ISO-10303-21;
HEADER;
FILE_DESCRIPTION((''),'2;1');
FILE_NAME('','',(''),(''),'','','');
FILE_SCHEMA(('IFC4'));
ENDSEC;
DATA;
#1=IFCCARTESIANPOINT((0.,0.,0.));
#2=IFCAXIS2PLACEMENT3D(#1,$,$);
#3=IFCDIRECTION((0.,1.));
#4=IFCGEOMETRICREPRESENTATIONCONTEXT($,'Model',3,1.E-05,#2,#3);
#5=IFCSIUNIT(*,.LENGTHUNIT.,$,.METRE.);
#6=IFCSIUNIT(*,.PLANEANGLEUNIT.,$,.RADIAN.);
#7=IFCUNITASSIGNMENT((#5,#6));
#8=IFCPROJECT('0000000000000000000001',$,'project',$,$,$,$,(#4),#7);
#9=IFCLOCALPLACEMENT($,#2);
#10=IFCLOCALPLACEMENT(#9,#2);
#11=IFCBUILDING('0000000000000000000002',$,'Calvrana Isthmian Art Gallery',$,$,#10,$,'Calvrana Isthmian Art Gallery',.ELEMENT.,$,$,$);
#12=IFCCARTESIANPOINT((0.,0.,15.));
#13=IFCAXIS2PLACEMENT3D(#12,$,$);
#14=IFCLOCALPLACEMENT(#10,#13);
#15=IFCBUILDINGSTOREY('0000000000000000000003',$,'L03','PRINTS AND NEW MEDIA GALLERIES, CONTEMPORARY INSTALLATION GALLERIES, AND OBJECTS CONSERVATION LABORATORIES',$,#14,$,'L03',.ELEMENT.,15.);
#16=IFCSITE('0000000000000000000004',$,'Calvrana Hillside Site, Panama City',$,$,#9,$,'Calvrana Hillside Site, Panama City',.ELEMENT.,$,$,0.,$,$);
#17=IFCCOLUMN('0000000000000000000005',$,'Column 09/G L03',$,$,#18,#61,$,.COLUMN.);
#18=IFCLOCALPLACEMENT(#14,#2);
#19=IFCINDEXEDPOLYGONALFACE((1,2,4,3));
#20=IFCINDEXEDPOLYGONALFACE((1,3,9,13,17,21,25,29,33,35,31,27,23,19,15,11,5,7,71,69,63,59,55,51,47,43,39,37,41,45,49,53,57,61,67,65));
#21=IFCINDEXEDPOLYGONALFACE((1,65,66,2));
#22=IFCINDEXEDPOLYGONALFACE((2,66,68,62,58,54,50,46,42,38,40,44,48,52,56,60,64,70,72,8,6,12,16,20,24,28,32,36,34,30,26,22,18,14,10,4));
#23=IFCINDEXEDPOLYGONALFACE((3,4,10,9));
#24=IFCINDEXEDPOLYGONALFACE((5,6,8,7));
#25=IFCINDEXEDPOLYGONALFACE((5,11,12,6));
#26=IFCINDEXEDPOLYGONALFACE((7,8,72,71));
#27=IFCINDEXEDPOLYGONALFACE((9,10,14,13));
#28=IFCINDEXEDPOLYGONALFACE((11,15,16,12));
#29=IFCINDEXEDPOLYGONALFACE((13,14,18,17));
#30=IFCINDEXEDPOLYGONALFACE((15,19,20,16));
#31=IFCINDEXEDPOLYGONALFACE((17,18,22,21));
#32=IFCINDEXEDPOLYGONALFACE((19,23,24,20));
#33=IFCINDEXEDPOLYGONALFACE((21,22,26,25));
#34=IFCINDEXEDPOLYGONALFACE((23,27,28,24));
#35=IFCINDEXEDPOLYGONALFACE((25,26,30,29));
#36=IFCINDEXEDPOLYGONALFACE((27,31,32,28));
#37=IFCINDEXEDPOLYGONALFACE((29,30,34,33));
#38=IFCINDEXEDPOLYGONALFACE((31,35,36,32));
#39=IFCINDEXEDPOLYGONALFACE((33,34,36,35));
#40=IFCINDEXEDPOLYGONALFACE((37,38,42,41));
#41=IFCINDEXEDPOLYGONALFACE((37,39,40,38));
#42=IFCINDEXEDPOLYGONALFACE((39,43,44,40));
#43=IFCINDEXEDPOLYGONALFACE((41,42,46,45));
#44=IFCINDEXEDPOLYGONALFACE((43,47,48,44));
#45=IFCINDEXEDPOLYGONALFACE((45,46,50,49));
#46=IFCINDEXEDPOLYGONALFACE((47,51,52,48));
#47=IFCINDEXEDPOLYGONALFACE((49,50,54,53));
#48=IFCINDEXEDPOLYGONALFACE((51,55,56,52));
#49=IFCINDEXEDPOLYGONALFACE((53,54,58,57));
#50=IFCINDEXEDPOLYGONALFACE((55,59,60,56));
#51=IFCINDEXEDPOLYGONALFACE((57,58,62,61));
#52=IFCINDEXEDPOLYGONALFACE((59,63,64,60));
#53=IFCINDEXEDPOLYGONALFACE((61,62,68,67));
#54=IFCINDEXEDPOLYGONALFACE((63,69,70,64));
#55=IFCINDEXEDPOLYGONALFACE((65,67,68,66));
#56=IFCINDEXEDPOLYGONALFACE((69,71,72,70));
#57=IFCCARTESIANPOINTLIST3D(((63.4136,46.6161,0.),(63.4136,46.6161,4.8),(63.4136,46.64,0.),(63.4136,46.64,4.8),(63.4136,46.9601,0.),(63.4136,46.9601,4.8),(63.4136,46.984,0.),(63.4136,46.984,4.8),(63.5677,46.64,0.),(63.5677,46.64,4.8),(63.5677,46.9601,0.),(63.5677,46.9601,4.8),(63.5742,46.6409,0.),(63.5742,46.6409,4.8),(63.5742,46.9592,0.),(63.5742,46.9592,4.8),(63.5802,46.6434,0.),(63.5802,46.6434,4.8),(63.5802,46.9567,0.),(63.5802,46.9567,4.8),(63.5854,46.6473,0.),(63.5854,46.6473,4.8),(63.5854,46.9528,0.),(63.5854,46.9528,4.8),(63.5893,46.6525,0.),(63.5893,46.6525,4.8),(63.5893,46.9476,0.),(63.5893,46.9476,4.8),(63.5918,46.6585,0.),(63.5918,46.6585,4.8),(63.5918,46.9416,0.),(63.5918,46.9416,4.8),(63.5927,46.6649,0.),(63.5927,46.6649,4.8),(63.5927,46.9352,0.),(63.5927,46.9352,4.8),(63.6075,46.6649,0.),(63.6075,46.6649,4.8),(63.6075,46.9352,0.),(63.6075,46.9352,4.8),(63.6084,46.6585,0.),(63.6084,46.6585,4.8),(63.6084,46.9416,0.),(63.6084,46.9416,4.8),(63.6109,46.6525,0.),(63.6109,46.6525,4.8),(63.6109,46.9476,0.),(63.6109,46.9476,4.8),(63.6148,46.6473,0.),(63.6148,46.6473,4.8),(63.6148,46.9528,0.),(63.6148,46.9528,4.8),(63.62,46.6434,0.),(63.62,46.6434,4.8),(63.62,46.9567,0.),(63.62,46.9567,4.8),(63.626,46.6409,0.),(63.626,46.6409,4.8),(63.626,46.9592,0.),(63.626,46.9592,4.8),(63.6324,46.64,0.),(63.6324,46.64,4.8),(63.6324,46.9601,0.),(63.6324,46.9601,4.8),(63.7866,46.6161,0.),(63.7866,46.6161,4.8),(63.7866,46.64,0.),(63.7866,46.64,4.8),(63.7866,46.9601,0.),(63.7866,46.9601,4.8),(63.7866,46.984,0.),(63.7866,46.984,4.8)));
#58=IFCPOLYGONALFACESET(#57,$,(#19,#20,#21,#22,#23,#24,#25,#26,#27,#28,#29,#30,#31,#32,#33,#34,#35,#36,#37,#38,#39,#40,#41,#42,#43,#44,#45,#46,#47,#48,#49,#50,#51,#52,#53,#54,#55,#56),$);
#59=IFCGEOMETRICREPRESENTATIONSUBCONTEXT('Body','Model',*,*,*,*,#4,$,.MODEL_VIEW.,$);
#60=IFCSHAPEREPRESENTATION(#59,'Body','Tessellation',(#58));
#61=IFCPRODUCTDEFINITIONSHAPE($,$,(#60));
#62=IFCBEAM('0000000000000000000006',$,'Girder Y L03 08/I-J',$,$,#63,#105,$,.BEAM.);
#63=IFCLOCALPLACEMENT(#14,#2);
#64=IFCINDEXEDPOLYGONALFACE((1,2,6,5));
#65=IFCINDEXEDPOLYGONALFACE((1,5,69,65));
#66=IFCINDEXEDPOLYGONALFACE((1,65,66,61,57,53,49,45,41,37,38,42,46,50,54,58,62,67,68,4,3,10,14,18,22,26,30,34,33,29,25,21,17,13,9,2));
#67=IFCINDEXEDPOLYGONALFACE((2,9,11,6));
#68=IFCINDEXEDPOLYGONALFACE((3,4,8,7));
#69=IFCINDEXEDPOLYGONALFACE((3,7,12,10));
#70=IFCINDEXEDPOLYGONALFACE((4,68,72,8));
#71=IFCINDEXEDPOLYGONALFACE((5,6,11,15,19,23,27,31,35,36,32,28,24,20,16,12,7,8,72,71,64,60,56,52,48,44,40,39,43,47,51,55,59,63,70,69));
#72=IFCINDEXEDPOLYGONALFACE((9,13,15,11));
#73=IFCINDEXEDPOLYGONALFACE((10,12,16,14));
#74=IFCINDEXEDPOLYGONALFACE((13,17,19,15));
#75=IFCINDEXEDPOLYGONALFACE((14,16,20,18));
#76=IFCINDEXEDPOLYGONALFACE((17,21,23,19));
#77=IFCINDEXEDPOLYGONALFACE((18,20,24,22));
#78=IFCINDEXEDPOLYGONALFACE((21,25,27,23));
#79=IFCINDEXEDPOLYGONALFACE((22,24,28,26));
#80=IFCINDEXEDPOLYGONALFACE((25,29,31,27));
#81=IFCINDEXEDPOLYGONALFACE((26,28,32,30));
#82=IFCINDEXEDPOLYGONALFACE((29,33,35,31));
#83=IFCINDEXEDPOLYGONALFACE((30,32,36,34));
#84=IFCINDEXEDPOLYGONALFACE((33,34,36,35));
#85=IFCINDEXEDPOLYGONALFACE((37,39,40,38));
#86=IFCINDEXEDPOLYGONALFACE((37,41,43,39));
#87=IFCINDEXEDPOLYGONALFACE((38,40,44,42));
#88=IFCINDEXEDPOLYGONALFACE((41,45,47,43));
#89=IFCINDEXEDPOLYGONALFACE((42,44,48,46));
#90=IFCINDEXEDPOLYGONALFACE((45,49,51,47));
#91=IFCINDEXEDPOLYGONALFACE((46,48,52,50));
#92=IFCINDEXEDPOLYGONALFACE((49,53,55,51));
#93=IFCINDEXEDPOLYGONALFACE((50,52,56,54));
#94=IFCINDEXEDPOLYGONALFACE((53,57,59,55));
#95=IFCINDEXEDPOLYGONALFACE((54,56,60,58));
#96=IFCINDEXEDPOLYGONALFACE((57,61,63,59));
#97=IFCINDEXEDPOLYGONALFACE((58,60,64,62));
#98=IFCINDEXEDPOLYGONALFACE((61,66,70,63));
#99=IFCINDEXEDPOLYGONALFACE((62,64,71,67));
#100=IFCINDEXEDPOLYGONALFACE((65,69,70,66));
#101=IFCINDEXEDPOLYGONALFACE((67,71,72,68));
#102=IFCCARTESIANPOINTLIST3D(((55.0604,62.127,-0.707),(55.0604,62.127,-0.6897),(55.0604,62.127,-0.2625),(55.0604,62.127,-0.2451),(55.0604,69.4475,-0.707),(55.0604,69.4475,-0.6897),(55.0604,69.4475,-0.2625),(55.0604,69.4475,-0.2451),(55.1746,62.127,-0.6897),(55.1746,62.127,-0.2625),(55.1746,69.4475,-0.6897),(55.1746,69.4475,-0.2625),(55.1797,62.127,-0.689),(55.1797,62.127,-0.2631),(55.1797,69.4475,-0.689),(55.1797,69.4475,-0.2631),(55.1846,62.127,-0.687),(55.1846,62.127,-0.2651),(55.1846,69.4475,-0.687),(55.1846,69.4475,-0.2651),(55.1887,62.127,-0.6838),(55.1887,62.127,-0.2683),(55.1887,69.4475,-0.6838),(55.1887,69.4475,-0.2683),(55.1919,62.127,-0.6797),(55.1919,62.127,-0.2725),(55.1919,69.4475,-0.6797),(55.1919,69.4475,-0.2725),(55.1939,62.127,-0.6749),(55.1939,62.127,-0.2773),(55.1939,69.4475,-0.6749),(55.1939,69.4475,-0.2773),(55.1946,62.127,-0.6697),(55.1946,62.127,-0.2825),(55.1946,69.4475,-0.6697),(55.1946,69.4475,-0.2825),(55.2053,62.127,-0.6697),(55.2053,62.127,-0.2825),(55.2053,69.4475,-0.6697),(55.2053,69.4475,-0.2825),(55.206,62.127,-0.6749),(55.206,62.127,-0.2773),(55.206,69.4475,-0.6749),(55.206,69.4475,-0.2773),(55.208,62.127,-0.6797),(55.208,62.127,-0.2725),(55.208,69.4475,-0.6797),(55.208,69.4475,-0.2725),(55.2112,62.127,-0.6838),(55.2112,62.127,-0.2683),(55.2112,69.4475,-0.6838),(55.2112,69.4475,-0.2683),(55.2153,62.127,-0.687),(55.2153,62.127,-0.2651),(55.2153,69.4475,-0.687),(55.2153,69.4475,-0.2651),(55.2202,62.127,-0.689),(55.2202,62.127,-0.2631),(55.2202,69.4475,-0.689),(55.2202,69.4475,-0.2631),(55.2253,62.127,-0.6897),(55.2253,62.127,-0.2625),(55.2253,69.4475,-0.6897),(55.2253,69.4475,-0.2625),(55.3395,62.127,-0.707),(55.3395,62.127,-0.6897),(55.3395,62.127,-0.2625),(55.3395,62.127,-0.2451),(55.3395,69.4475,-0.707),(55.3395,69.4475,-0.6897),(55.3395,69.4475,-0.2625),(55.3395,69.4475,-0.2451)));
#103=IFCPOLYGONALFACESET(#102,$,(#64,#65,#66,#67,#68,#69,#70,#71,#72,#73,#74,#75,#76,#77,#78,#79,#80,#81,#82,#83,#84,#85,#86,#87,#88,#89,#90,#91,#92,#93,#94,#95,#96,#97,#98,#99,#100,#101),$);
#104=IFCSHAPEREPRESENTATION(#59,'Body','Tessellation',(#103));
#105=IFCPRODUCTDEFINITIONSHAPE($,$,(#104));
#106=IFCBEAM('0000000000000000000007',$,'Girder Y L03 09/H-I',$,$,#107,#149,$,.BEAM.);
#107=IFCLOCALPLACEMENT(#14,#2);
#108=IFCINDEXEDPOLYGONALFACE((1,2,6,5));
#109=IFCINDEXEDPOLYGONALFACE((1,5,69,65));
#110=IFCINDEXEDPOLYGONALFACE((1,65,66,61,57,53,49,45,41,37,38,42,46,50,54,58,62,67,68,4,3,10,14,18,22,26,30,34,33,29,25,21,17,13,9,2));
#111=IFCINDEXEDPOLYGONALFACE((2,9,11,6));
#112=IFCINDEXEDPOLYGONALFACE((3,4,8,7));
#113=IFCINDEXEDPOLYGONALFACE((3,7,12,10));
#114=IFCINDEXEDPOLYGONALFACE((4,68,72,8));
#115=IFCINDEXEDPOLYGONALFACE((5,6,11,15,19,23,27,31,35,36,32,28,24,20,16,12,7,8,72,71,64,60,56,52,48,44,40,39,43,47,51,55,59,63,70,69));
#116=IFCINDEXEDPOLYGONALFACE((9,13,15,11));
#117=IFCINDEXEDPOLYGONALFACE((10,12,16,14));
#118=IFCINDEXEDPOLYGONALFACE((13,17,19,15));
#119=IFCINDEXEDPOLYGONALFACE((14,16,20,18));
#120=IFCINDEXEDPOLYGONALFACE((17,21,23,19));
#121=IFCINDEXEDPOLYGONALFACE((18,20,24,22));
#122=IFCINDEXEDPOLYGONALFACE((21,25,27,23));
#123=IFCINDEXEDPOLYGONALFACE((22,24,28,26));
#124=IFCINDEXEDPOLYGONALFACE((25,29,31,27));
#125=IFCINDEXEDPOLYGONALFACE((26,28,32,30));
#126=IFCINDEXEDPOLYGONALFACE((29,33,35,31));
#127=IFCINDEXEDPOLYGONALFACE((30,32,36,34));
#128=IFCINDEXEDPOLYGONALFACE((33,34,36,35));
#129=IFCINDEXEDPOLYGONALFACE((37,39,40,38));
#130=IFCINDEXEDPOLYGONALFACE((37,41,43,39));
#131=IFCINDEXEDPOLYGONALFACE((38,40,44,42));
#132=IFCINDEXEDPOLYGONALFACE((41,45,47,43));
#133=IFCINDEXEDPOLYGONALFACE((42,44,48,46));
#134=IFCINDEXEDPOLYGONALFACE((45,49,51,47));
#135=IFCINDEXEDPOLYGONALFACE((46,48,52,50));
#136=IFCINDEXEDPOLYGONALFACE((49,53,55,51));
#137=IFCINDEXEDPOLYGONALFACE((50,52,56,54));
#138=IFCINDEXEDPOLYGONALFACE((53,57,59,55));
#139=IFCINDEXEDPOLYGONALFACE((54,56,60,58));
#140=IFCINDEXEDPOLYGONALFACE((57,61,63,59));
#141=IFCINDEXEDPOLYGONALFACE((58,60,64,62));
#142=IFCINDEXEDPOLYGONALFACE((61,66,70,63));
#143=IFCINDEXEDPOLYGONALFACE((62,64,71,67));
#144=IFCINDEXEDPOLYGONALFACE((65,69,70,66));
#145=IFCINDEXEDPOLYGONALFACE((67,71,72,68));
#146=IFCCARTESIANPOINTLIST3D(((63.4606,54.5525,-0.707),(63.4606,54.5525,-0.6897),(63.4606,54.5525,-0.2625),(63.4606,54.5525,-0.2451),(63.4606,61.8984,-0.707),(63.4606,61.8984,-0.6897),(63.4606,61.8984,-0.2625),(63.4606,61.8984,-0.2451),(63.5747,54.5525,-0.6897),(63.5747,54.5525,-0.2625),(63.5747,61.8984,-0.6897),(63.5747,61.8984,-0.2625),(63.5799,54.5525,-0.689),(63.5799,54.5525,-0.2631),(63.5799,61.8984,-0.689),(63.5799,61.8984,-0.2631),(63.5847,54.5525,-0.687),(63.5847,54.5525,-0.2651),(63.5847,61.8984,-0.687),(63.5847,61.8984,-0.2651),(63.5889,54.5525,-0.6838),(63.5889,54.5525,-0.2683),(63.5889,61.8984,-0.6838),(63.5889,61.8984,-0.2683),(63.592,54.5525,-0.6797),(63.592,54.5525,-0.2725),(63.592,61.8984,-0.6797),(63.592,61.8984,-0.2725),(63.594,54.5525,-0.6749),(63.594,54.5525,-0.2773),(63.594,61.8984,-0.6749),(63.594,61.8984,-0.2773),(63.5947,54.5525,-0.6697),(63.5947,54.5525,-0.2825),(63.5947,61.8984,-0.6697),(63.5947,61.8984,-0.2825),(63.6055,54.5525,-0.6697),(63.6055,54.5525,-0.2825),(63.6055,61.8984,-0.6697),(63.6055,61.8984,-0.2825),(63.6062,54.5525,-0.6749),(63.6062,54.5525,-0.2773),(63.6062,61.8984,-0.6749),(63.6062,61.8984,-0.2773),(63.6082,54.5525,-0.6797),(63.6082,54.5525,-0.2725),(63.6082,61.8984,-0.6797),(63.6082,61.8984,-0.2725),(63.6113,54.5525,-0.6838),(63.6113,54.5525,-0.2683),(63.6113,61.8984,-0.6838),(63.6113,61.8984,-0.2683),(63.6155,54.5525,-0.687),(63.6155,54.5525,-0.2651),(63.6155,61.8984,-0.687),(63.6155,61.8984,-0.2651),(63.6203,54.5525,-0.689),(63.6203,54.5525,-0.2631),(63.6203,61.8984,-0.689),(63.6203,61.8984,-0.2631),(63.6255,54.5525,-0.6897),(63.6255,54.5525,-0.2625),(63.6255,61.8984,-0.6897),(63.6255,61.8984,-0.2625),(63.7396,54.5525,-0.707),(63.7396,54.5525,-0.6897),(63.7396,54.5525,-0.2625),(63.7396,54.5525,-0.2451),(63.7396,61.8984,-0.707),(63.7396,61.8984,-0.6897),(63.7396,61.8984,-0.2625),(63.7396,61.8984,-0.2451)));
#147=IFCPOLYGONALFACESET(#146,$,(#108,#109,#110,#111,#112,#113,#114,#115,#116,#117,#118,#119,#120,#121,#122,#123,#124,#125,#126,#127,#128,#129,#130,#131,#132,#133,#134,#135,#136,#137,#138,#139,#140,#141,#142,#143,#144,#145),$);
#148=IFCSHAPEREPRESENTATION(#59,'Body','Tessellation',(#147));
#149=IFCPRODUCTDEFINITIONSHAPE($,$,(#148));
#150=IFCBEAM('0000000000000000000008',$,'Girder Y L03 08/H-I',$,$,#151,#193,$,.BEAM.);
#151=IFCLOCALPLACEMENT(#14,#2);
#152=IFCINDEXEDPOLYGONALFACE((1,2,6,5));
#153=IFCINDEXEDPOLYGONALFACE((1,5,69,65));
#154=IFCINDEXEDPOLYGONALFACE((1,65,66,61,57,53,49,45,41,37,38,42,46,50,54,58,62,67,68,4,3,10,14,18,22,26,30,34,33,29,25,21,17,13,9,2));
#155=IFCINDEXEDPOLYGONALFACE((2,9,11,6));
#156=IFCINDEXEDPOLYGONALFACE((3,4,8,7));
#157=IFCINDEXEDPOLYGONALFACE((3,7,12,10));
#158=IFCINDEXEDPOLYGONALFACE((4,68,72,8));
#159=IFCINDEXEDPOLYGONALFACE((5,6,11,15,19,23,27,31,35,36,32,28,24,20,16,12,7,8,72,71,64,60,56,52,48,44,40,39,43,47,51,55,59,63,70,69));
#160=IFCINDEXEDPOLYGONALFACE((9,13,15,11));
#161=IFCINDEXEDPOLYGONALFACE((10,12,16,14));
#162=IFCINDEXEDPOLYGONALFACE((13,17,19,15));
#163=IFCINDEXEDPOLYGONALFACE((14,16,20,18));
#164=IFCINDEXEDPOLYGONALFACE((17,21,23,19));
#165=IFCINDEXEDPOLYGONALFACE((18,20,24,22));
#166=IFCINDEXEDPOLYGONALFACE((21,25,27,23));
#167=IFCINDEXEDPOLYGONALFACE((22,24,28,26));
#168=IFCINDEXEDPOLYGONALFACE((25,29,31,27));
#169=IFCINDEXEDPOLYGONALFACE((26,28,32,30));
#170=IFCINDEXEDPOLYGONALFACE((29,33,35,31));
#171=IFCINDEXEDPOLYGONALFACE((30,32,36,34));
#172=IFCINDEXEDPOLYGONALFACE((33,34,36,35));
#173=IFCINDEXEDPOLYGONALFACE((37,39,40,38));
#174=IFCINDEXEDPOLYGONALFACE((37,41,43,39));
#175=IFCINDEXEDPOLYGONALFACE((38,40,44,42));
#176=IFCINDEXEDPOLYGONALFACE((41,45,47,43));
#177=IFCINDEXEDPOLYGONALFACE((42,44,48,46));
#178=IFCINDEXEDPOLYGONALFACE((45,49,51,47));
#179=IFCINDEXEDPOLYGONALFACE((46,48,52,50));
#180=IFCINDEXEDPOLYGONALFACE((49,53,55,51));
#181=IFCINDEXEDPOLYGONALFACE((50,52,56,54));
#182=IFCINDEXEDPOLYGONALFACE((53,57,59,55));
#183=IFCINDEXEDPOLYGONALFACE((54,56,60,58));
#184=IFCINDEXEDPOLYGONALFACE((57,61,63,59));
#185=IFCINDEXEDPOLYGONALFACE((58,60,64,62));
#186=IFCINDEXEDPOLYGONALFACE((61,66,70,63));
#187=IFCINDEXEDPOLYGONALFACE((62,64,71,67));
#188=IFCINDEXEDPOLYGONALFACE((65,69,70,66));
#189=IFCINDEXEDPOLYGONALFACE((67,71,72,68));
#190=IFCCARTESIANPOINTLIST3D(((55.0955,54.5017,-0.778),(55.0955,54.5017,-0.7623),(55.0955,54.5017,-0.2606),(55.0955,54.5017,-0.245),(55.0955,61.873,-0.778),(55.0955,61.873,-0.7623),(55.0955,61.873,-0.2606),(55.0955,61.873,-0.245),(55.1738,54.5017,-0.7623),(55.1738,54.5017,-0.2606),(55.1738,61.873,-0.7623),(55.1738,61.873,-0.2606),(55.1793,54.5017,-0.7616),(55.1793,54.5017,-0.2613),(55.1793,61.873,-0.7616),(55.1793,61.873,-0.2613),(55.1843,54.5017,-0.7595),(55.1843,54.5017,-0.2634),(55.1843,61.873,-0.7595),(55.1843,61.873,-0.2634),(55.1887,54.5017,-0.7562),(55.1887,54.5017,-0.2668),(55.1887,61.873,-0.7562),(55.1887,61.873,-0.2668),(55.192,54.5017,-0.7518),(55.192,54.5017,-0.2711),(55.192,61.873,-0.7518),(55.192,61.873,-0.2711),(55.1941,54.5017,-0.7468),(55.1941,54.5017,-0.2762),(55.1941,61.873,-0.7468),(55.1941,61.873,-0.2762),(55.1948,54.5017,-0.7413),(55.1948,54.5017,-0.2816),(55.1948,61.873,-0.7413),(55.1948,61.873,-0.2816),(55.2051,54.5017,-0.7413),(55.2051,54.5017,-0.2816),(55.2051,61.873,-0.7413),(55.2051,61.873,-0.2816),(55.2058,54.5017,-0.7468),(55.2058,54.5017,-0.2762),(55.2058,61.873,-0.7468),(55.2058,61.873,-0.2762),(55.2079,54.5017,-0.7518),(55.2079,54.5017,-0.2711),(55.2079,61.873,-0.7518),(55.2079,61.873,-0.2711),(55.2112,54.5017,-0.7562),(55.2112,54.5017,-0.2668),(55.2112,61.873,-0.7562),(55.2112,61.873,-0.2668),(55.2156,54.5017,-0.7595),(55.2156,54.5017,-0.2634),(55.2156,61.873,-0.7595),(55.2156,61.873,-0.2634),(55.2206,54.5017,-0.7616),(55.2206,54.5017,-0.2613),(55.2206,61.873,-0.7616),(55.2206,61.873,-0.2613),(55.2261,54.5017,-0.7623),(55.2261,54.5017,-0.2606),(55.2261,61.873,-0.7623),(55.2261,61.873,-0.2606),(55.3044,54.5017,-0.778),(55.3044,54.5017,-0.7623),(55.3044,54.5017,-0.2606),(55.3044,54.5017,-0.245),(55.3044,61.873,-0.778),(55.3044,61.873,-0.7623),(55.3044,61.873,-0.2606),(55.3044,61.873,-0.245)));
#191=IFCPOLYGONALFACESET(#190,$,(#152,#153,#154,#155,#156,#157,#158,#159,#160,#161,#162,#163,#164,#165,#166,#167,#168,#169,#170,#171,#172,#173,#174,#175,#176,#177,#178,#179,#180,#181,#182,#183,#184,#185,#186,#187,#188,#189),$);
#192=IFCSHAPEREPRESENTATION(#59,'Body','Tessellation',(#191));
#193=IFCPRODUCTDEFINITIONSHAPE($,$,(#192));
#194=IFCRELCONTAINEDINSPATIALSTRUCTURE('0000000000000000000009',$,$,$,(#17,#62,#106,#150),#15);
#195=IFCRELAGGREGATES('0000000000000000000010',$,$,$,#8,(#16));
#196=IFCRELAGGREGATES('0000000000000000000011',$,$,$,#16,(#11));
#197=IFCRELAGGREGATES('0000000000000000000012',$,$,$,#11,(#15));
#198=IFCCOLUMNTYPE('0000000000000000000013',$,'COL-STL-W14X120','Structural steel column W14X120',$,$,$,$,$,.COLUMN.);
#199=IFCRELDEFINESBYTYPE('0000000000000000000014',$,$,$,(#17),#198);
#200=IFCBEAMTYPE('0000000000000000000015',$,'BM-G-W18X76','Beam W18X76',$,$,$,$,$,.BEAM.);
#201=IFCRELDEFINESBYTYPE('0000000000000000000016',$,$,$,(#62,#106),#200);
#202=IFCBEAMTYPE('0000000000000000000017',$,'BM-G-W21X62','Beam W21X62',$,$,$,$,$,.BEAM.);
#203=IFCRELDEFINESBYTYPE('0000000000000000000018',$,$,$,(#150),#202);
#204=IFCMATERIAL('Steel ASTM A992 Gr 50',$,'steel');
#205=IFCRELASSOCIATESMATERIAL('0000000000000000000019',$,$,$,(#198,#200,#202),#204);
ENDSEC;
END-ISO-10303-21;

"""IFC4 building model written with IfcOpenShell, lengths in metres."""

from ifc_helpers import new_model, si_unit, direction, frame, origin, origin_2d, place, context, subcontext, project, spatial, i_section, extrude, material, material_profile, profile_set, type_object, element, save


model = new_model("IFC4")

# Units and contexts
model_context = context("Model", 3, precision=1e-05, world=origin(), true_north=direction((0.0, 1.0)))
body_context = subcontext(model_context, "Body", "Model", "MODEL_VIEW")
ifc_project = project(units=[si_unit("LENGTHUNIT", "METRE"), si_unit("PLANEANGLEUNIT", "RADIAN")], contexts=[model_context])

# Site, building, storey
site_placement = place(None, origin())
site = spatial("IfcSite", under=ifc_project, at=site_placement, Name="Calvrana Hillside Site, Panama City", LongName="Calvrana Hillside Site, Panama City", CompositionType="ELEMENT", RefElevation=0.0)
building_placement = place(site_placement, origin())
building = spatial("IfcBuilding", under=site, at=building_placement, Name="Calvrana Isthmian Art Gallery", LongName="Calvrana Isthmian Art Gallery", CompositionType="ELEMENT")
storey_placement = place(building_placement, frame((0.0, 0.0, 15.0)))
storey = spatial("IfcBuildingStorey", under=building, at=storey_placement, Name="L03", Description="PRINTS AND NEW MEDIA GALLERIES, CONTEMPORARY INSTALLATION GALLERIES, AND OBJECTS CONSERVATION LABORATORIES", LongName="L03", CompositionType="ELEMENT", Elevation=15.0)

# Column
ifc_material_1 = material(Name="Steel ASTM A992 Gr 50", Category="steel")
ifc_material_profile_1 = material_profile(ifc_material_1, i_section(OverallWidth=0.373, OverallDepth=0.3679, WebThickness=0.0149, FlangeThickness=0.0239, FilletRadius=0.0249, at=origin_2d()), Name="W14X120")
ifc_profile_set_1 = profile_set([ifc_material_profile_1], Name="Steel ASTM A992 Gr 50")
column_type = type_object("IfcColumnType", Name="COL-STL-W14X120", Description="Structural steel column W14X120", PredefinedType="COLUMN", material=ifc_profile_set_1)
column_placement = place(storey_placement, frame((63.6001, 46.8, 0.0), z_axis=(0.0, 0.0, 1.0), x_axis=(1.0, 0.0, 0.0)))
element("IfcColumn", 1, at=column_placement, inside=storey, type_object=column_type, Name="Column 09/G L03", PredefinedType="COLUMN", context=body_context, shape_type="SweptSolid", body=[
    extrude(i_section(OverallWidth=0.373, OverallDepth=0.3679, WebThickness=0.0149, FlangeThickness=0.0239, FilletRadius=0.0249, at=origin_2d()), origin(), (0.0, 0.0, 1.0), 4.8),
])

# Beams
ifc_material_profile_2 = material_profile(ifc_material_1, i_section(OverallWidth=0.2791, OverallDepth=0.4619, WebThickness=0.0107, FlangeThickness=0.0173, FilletRadius=0.02, at=origin_2d()), Name="W18X76")
ifc_profile_set_2 = profile_set([ifc_material_profile_2], Name="Steel ASTM A992 Gr 50")
beam_type_1 = type_object("IfcBeamType", Name="BM-G-W18X76", Description="Beam W18X76", PredefinedType="BEAM", material=ifc_profile_set_2)
beam_1_placement = place(storey_placement, frame((55.2, 62.127, -0.4761), z_axis=(0.0, 1.0, 0.0), x_axis=(-1.0, 0.0, 0.0)))
element("IfcBeam", 2, at=beam_1_placement, inside=storey, type_object=beam_type_1, Name="Girder Y L03 08/I-J", PredefinedType="BEAM", context=body_context, shape_type="SweptSolid", body=[
    extrude(i_section(OverallWidth=0.2791, OverallDepth=0.4619, WebThickness=0.0107, FlangeThickness=0.0173, FilletRadius=0.02, at=origin_2d()), origin(), (0.0, 0.0, 1.0), 7.3206),
])
beam_2_placement = place(storey_placement, frame((63.6001, 54.5525, -0.4761), z_axis=(0.0, 1.0, 0.0), x_axis=(-1.0, 0.0, 0.0)))
element("IfcBeam", 3, at=beam_2_placement, inside=storey, type_object=beam_type_1, Name="Girder Y L03 09/H-I", PredefinedType="BEAM", context=body_context, shape_type="SweptSolid", body=[
    extrude(i_section(OverallWidth=0.2791, OverallDepth=0.4619, WebThickness=0.0107, FlangeThickness=0.0173, FilletRadius=0.02, at=origin_2d()), origin(), (0.0, 0.0, 1.0), 7.3459),
])
ifc_material_profile_3 = material_profile(ifc_material_1, i_section(OverallWidth=0.209, OverallDepth=0.533, WebThickness=0.0103, FlangeThickness=0.0156, FilletRadius=0.021, at=origin_2d()), Name="W21X62")
ifc_profile_set_3 = profile_set([ifc_material_profile_3], Name="Steel ASTM A992 Gr 50")
beam_type_2 = type_object("IfcBeamType", Name="BM-G-W21X62", Description="Beam W21X62", PredefinedType="BEAM", material=ifc_profile_set_3)
beam_3_placement = place(storey_placement, frame((55.2, 54.5017, -0.5115), z_axis=(0.0, 1.0, 0.0), x_axis=(-1.0, 0.0, 0.0)))
element("IfcBeam", 4, at=beam_3_placement, inside=storey, type_object=beam_type_2, Name="Girder Y L03 08/H-I", PredefinedType="BEAM", context=body_context, shape_type="SweptSolid", body=[
    extrude(i_section(OverallWidth=0.209, OverallDepth=0.533, WebThickness=0.0103, FlangeThickness=0.0156, FilletRadius=0.021, at=origin_2d()), origin(), (0.0, 0.0, 1.0), 7.3713),
])

save(model, "model.ifc")
